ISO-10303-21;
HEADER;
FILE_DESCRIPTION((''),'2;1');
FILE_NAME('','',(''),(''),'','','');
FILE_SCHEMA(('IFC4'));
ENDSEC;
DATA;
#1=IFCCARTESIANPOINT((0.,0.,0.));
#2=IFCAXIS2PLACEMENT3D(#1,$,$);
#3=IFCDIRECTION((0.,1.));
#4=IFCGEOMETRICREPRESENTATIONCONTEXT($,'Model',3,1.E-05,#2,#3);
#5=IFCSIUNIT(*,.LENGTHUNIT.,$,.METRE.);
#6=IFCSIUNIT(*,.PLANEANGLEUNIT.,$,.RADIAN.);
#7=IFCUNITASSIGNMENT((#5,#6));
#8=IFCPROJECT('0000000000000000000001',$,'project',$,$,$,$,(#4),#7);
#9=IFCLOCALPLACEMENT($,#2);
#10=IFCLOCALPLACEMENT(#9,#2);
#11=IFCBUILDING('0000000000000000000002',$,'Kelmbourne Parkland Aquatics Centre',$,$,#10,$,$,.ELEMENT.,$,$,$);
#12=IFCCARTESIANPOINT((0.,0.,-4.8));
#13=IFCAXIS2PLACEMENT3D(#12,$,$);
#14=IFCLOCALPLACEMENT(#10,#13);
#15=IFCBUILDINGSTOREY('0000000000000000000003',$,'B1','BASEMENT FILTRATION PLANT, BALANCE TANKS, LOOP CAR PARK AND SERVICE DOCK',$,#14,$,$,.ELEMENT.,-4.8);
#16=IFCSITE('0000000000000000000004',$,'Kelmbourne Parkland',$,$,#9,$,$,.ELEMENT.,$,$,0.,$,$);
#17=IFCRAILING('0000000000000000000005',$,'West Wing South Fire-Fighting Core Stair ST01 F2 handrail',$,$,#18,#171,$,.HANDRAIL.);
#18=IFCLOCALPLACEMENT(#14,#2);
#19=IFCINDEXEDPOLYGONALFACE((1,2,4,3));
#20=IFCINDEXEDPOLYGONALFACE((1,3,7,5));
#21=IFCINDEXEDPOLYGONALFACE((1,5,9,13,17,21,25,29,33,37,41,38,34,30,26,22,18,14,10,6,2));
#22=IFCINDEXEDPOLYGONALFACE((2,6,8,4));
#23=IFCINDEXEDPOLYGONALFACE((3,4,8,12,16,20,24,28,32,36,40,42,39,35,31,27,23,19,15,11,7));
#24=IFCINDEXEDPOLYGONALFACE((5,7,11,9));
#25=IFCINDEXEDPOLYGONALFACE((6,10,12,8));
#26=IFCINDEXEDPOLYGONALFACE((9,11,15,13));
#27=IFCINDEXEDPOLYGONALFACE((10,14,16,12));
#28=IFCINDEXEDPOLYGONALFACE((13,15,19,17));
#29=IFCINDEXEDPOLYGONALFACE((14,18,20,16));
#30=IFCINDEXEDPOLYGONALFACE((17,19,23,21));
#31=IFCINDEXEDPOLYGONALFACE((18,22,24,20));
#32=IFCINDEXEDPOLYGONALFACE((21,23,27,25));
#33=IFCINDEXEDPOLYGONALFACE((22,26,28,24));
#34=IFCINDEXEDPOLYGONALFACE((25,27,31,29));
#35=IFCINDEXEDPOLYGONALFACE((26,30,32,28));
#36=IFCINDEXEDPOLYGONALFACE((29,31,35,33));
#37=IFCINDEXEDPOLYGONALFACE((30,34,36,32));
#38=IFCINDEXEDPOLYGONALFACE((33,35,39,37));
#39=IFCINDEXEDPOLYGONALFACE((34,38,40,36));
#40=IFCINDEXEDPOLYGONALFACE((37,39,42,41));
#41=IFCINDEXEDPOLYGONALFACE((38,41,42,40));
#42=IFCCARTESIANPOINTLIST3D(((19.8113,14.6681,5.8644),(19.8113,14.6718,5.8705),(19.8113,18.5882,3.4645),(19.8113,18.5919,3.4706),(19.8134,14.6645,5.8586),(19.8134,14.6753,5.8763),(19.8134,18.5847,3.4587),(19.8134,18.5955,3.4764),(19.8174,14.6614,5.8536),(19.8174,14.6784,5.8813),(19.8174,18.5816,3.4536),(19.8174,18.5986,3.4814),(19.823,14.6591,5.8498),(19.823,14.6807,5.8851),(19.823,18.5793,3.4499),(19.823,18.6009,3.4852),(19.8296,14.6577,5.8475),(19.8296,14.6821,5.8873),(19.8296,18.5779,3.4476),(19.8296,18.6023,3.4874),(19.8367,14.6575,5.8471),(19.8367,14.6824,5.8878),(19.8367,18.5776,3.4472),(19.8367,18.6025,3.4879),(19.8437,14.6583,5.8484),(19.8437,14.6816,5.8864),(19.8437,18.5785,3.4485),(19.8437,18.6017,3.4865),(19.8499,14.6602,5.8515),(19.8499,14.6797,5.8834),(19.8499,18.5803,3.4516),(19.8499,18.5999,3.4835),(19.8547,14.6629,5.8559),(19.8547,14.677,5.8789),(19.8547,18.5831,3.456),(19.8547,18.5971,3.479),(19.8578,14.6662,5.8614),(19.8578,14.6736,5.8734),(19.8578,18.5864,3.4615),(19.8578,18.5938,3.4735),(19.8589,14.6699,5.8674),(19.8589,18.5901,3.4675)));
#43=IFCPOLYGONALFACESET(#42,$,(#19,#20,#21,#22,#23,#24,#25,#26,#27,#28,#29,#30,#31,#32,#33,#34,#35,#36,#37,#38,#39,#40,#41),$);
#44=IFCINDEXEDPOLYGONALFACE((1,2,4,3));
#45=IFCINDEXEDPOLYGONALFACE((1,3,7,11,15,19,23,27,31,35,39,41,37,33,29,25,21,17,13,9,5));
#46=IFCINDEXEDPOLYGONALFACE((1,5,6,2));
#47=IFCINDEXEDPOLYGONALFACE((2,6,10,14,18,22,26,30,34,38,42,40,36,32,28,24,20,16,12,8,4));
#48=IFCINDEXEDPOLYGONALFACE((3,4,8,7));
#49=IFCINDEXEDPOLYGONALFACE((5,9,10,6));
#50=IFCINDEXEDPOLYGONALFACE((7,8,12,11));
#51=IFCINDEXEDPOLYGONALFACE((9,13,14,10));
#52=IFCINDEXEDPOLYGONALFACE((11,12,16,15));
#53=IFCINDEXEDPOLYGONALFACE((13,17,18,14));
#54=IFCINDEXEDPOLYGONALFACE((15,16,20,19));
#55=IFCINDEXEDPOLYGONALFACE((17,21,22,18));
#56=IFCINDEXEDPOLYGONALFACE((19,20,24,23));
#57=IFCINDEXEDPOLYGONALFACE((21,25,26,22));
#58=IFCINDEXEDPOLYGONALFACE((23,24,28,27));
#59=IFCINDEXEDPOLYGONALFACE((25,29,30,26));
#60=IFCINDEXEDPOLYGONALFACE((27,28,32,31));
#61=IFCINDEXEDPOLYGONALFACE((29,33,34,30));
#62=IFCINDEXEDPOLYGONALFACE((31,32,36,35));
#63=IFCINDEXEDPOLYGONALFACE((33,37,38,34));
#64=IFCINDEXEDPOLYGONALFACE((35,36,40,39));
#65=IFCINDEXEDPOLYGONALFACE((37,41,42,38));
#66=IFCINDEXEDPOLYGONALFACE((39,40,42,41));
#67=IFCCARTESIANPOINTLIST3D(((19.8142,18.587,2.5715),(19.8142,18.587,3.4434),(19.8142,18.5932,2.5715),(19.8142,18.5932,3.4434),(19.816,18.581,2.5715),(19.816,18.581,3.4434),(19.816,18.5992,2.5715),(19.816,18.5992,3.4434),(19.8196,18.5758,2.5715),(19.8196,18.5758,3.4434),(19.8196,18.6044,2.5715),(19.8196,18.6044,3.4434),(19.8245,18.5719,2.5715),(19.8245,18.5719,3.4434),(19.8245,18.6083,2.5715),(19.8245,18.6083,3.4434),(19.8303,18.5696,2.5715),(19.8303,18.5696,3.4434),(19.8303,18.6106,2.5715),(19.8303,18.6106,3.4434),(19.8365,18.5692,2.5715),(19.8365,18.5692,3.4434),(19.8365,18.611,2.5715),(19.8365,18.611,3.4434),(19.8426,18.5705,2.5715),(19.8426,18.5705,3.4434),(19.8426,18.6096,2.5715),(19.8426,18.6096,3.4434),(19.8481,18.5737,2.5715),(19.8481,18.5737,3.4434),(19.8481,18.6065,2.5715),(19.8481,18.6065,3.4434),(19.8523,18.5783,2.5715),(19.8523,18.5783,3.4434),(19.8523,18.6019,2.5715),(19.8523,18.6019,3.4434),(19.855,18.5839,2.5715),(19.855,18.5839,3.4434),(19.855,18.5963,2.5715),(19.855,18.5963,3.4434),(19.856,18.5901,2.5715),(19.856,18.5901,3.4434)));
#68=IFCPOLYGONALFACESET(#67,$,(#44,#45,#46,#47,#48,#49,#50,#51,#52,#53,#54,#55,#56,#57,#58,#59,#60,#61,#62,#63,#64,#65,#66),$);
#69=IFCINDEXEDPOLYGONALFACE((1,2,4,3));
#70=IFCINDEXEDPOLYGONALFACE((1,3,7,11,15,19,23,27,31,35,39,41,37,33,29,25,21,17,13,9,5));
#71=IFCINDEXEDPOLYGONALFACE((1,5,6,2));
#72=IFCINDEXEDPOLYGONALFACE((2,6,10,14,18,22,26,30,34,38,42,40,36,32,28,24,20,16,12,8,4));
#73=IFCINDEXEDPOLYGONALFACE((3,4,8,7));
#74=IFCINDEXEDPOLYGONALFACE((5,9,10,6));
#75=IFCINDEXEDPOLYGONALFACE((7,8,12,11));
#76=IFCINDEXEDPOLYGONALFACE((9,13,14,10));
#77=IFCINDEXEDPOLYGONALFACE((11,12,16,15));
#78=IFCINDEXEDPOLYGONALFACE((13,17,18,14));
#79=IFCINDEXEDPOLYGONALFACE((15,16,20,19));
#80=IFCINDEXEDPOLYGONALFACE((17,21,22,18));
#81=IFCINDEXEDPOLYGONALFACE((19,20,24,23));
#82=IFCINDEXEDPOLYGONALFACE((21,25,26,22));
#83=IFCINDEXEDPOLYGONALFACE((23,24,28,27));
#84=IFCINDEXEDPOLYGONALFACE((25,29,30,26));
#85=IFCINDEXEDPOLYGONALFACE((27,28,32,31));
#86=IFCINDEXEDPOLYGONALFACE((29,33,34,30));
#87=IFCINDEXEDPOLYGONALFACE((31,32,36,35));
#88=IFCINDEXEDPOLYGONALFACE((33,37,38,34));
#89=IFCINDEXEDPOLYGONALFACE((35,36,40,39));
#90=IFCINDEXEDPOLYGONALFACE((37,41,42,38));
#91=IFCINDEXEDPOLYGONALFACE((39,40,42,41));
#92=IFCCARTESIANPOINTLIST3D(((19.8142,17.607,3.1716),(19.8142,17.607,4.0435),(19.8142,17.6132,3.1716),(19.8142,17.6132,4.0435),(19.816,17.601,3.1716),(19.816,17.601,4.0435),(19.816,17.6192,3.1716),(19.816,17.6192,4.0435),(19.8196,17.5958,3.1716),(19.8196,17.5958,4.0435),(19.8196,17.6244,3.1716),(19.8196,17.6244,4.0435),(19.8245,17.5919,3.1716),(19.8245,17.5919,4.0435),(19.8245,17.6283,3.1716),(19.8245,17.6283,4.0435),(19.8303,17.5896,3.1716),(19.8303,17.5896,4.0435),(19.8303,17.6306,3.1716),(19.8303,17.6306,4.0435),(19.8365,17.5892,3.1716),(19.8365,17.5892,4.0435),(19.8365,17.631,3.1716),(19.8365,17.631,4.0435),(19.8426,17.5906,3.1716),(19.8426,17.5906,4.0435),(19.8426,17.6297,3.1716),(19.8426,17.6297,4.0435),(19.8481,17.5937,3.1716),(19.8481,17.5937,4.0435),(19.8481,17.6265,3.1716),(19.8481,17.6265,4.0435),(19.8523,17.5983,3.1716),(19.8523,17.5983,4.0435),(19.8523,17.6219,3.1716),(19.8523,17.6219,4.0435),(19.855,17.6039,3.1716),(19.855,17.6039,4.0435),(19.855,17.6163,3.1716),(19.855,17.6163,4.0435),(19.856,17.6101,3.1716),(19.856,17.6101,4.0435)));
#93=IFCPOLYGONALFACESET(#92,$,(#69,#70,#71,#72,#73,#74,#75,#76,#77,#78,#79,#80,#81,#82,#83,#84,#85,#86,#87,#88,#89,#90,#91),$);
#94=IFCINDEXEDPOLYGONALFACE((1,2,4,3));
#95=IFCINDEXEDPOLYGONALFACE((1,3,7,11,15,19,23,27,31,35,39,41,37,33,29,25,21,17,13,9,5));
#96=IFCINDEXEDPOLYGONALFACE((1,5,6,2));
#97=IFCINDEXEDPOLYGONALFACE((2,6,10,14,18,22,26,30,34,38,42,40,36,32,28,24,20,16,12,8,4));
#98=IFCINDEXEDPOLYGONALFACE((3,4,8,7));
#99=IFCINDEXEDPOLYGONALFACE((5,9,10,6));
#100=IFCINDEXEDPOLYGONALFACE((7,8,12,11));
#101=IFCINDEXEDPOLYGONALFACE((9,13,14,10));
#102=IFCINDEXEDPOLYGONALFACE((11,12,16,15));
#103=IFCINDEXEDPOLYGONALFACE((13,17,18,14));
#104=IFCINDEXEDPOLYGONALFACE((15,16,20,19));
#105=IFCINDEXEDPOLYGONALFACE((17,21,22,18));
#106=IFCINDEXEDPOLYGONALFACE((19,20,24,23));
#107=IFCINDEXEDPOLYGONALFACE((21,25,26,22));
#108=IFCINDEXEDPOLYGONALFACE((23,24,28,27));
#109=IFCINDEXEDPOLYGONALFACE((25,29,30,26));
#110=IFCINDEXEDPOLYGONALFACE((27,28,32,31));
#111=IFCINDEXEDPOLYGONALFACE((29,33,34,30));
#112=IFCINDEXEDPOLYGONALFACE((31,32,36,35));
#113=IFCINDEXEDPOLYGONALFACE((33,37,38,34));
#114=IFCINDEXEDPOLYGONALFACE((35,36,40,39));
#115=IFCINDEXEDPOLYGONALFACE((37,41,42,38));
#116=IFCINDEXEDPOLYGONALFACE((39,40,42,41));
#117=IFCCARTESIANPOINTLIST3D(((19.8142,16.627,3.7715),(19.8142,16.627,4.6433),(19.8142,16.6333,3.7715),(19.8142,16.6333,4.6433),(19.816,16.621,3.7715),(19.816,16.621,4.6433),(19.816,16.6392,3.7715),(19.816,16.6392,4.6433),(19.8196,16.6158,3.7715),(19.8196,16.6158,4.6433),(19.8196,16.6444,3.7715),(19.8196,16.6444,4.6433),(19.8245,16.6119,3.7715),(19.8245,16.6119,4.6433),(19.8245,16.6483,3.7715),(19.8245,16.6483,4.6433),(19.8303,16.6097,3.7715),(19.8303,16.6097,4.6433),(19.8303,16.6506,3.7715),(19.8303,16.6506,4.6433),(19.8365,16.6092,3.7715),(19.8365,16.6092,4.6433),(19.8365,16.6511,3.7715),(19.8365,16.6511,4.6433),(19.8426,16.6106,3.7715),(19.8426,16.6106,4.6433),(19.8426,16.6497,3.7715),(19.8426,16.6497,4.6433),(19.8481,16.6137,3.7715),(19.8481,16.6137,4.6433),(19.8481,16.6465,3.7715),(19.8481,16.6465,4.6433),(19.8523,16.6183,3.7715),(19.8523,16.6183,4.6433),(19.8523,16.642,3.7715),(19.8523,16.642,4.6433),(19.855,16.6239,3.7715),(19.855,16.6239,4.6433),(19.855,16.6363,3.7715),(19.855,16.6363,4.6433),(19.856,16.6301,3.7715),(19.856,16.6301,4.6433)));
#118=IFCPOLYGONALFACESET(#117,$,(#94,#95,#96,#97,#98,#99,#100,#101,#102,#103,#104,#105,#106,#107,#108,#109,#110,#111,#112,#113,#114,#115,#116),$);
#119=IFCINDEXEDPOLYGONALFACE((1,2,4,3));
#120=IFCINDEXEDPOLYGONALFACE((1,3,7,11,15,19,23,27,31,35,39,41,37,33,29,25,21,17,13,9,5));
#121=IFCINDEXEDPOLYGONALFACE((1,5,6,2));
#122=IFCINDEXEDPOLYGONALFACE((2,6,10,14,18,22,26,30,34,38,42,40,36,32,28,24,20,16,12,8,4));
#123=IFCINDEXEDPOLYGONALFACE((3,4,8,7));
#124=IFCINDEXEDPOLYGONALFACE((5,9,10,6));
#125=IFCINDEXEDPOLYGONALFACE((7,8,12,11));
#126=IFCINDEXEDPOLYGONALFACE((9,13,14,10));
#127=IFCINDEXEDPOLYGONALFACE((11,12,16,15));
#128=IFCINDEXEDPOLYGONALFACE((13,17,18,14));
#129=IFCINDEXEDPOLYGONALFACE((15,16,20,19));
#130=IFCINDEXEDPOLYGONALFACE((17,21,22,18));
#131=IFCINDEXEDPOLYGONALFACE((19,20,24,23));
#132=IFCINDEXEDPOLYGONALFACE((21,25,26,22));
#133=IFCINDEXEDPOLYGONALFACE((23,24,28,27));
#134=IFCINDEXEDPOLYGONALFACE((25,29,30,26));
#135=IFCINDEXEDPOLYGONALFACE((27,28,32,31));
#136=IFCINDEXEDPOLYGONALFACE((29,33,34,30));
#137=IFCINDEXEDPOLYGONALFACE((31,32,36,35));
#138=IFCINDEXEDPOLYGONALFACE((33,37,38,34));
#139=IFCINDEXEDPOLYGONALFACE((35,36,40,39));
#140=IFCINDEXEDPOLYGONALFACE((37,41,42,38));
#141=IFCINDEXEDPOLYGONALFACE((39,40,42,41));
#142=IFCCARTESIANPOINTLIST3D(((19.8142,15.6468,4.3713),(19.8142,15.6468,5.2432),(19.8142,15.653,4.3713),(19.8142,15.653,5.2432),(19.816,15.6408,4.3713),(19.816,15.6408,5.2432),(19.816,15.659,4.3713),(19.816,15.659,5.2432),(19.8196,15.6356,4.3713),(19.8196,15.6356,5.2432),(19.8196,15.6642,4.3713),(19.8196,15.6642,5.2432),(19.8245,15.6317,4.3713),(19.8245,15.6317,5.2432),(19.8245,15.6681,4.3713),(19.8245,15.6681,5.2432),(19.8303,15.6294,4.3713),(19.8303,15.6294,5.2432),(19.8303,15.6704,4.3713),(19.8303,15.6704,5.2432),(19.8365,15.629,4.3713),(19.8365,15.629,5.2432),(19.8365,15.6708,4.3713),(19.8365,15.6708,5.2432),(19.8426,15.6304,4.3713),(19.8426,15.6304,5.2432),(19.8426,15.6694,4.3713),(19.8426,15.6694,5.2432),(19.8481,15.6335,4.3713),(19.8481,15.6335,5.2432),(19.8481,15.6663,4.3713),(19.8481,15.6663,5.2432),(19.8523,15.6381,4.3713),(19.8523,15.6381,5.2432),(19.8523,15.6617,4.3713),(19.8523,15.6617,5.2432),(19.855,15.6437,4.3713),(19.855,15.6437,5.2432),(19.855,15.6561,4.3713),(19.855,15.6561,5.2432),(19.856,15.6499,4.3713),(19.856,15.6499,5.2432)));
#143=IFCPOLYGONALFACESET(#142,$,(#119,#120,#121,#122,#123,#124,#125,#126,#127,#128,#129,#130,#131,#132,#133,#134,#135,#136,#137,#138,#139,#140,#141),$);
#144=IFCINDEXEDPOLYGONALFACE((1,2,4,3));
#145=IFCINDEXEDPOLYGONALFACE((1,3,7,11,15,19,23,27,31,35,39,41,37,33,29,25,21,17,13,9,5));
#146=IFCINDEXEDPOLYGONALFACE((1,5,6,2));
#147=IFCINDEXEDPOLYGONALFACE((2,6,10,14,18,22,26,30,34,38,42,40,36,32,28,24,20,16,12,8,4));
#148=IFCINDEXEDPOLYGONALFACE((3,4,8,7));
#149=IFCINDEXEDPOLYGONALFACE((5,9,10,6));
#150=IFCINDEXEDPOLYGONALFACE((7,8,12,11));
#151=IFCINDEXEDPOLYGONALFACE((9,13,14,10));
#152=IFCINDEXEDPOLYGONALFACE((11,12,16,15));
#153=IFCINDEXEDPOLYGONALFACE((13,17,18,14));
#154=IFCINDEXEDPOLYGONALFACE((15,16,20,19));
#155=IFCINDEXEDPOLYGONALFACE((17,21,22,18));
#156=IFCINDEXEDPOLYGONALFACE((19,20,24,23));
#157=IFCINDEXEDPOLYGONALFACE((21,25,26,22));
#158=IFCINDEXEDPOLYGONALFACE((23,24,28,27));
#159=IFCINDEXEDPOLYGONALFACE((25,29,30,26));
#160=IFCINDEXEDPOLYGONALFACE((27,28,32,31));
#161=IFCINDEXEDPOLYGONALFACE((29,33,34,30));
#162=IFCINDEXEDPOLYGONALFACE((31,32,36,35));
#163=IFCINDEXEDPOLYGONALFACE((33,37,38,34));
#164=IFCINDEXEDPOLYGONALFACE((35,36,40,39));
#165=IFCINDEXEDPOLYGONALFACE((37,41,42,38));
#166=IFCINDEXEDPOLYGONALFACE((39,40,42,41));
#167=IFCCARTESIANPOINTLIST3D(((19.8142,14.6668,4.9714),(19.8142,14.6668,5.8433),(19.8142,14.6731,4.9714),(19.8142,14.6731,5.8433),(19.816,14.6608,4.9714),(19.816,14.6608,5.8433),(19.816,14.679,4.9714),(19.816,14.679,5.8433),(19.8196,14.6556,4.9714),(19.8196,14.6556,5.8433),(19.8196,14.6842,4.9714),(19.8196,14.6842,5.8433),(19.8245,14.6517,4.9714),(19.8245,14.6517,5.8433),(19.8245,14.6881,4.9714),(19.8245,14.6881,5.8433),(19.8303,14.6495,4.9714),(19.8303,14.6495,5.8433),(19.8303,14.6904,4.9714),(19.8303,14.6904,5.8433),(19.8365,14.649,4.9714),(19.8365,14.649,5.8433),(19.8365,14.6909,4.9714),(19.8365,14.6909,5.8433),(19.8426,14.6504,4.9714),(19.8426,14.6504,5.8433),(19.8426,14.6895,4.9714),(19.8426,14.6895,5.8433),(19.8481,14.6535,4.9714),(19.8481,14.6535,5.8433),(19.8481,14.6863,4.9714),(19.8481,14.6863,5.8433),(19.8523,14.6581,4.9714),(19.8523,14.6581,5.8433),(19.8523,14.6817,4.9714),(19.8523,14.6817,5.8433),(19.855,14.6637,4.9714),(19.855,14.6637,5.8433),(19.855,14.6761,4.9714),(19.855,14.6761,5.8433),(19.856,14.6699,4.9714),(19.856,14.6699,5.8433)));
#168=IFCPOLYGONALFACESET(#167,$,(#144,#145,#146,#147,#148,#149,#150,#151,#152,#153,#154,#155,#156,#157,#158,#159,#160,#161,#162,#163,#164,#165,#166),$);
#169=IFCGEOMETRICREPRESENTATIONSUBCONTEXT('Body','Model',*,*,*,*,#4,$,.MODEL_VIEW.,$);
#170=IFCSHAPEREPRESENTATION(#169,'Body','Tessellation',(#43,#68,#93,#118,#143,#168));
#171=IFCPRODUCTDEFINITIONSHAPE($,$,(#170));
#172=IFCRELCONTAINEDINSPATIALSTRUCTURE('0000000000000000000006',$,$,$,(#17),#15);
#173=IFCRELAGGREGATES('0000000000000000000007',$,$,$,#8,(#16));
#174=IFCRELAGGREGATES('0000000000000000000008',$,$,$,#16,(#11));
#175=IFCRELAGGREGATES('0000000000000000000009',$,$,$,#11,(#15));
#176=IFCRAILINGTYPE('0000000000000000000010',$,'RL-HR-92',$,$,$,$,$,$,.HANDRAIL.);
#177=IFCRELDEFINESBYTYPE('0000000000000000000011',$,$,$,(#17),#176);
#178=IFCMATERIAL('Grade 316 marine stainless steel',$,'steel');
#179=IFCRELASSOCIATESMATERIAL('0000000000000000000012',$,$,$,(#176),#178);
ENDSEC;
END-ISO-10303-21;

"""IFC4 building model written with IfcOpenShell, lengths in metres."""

from ifc_helpers import new_model, si_unit, direction, frame, origin, origin_2d, place, context, subcontext, project, spatial, circle, extrude, material, type_object, element, save


model = new_model("IFC4")

# Units and contexts
model_context = context("Model", 3, precision=1e-05, world=origin(), true_north=direction((0.0, 1.0)))
body_context = subcontext(model_context, "Body", "Model", "MODEL_VIEW")
ifc_project = project(units=[si_unit("LENGTHUNIT", "METRE"), si_unit("PLANEANGLEUNIT", "RADIAN")], contexts=[model_context])

# Site, building, storey
site_placement = place(None, origin())
site = spatial("IfcSite", under=ifc_project, at=site_placement, Name="Kelmbourne Parkland", CompositionType="ELEMENT", RefElevation=0.0)
building_placement = place(site_placement, origin())
building = spatial("IfcBuilding", under=site, at=building_placement, Name="Kelmbourne Parkland Aquatics Centre", CompositionType="ELEMENT")
storey_placement = place(building_placement, frame((0.0, 0.0, -4.8)))
storey = spatial("IfcBuildingStorey", under=building, at=storey_placement, Name="B1", Description="BASEMENT FILTRATION PLANT, BALANCE TANKS, LOOP CAR PARK AND SERVICE DOCK", CompositionType="ELEMENT", Elevation=-4.8)

# Railing
ifc_material_1 = material(Name="Grade 316 marine stainless steel", Category="steel")
railing_type = type_object("IfcRailingType", Name="RL-HR-92", PredefinedType="HANDRAIL", material=ifc_material_1)
railing_1_placement = place(storey_placement, frame((19.835, 18.5901, 2.5715)))
element("IfcRailing", 1, at=railing_1_placement, inside=storey, type_object=railing_type, Name="West Wing South Fire-Fighting Core Stair ST01 F2 handrail", PredefinedType="HANDRAIL", context=body_context, shape_type="SweptSolid", body=[
    extrude(circle(Radius=0.0239, at=origin_2d()), frame((0.0, 0.0, 0.896), z_axis=(0.0, -0.852871, 0.522122), x_axis=(1.0, 0.0, 0.0)), (0.0, 0.0, 1.0), 4.5964),
    extrude(circle(Radius=0.021, at=origin_2d()), origin(), (0.0, 0.0, 1.0), 0.8718),
    extrude(circle(Radius=0.021, at=origin_2d()), frame((0.0, -0.98, 0.6001)), (0.0, 0.0, 1.0), 0.8718),
    extrude(circle(Radius=0.021, at=origin_2d()), frame((0.0, -1.96, 1.2)), (0.0, 0.0, 1.0), 0.8718),
    extrude(circle(Radius=0.021, at=origin_2d()), frame((0.0, -2.9402, 1.7998)), (0.0, 0.0, 1.0), 0.8718),
    extrude(circle(Radius=0.021, at=origin_2d()), frame((0.0, -3.9202, 2.3999)), (0.0, 0.0, 1.0), 0.8718),
])

save(model, "model.ifc")
